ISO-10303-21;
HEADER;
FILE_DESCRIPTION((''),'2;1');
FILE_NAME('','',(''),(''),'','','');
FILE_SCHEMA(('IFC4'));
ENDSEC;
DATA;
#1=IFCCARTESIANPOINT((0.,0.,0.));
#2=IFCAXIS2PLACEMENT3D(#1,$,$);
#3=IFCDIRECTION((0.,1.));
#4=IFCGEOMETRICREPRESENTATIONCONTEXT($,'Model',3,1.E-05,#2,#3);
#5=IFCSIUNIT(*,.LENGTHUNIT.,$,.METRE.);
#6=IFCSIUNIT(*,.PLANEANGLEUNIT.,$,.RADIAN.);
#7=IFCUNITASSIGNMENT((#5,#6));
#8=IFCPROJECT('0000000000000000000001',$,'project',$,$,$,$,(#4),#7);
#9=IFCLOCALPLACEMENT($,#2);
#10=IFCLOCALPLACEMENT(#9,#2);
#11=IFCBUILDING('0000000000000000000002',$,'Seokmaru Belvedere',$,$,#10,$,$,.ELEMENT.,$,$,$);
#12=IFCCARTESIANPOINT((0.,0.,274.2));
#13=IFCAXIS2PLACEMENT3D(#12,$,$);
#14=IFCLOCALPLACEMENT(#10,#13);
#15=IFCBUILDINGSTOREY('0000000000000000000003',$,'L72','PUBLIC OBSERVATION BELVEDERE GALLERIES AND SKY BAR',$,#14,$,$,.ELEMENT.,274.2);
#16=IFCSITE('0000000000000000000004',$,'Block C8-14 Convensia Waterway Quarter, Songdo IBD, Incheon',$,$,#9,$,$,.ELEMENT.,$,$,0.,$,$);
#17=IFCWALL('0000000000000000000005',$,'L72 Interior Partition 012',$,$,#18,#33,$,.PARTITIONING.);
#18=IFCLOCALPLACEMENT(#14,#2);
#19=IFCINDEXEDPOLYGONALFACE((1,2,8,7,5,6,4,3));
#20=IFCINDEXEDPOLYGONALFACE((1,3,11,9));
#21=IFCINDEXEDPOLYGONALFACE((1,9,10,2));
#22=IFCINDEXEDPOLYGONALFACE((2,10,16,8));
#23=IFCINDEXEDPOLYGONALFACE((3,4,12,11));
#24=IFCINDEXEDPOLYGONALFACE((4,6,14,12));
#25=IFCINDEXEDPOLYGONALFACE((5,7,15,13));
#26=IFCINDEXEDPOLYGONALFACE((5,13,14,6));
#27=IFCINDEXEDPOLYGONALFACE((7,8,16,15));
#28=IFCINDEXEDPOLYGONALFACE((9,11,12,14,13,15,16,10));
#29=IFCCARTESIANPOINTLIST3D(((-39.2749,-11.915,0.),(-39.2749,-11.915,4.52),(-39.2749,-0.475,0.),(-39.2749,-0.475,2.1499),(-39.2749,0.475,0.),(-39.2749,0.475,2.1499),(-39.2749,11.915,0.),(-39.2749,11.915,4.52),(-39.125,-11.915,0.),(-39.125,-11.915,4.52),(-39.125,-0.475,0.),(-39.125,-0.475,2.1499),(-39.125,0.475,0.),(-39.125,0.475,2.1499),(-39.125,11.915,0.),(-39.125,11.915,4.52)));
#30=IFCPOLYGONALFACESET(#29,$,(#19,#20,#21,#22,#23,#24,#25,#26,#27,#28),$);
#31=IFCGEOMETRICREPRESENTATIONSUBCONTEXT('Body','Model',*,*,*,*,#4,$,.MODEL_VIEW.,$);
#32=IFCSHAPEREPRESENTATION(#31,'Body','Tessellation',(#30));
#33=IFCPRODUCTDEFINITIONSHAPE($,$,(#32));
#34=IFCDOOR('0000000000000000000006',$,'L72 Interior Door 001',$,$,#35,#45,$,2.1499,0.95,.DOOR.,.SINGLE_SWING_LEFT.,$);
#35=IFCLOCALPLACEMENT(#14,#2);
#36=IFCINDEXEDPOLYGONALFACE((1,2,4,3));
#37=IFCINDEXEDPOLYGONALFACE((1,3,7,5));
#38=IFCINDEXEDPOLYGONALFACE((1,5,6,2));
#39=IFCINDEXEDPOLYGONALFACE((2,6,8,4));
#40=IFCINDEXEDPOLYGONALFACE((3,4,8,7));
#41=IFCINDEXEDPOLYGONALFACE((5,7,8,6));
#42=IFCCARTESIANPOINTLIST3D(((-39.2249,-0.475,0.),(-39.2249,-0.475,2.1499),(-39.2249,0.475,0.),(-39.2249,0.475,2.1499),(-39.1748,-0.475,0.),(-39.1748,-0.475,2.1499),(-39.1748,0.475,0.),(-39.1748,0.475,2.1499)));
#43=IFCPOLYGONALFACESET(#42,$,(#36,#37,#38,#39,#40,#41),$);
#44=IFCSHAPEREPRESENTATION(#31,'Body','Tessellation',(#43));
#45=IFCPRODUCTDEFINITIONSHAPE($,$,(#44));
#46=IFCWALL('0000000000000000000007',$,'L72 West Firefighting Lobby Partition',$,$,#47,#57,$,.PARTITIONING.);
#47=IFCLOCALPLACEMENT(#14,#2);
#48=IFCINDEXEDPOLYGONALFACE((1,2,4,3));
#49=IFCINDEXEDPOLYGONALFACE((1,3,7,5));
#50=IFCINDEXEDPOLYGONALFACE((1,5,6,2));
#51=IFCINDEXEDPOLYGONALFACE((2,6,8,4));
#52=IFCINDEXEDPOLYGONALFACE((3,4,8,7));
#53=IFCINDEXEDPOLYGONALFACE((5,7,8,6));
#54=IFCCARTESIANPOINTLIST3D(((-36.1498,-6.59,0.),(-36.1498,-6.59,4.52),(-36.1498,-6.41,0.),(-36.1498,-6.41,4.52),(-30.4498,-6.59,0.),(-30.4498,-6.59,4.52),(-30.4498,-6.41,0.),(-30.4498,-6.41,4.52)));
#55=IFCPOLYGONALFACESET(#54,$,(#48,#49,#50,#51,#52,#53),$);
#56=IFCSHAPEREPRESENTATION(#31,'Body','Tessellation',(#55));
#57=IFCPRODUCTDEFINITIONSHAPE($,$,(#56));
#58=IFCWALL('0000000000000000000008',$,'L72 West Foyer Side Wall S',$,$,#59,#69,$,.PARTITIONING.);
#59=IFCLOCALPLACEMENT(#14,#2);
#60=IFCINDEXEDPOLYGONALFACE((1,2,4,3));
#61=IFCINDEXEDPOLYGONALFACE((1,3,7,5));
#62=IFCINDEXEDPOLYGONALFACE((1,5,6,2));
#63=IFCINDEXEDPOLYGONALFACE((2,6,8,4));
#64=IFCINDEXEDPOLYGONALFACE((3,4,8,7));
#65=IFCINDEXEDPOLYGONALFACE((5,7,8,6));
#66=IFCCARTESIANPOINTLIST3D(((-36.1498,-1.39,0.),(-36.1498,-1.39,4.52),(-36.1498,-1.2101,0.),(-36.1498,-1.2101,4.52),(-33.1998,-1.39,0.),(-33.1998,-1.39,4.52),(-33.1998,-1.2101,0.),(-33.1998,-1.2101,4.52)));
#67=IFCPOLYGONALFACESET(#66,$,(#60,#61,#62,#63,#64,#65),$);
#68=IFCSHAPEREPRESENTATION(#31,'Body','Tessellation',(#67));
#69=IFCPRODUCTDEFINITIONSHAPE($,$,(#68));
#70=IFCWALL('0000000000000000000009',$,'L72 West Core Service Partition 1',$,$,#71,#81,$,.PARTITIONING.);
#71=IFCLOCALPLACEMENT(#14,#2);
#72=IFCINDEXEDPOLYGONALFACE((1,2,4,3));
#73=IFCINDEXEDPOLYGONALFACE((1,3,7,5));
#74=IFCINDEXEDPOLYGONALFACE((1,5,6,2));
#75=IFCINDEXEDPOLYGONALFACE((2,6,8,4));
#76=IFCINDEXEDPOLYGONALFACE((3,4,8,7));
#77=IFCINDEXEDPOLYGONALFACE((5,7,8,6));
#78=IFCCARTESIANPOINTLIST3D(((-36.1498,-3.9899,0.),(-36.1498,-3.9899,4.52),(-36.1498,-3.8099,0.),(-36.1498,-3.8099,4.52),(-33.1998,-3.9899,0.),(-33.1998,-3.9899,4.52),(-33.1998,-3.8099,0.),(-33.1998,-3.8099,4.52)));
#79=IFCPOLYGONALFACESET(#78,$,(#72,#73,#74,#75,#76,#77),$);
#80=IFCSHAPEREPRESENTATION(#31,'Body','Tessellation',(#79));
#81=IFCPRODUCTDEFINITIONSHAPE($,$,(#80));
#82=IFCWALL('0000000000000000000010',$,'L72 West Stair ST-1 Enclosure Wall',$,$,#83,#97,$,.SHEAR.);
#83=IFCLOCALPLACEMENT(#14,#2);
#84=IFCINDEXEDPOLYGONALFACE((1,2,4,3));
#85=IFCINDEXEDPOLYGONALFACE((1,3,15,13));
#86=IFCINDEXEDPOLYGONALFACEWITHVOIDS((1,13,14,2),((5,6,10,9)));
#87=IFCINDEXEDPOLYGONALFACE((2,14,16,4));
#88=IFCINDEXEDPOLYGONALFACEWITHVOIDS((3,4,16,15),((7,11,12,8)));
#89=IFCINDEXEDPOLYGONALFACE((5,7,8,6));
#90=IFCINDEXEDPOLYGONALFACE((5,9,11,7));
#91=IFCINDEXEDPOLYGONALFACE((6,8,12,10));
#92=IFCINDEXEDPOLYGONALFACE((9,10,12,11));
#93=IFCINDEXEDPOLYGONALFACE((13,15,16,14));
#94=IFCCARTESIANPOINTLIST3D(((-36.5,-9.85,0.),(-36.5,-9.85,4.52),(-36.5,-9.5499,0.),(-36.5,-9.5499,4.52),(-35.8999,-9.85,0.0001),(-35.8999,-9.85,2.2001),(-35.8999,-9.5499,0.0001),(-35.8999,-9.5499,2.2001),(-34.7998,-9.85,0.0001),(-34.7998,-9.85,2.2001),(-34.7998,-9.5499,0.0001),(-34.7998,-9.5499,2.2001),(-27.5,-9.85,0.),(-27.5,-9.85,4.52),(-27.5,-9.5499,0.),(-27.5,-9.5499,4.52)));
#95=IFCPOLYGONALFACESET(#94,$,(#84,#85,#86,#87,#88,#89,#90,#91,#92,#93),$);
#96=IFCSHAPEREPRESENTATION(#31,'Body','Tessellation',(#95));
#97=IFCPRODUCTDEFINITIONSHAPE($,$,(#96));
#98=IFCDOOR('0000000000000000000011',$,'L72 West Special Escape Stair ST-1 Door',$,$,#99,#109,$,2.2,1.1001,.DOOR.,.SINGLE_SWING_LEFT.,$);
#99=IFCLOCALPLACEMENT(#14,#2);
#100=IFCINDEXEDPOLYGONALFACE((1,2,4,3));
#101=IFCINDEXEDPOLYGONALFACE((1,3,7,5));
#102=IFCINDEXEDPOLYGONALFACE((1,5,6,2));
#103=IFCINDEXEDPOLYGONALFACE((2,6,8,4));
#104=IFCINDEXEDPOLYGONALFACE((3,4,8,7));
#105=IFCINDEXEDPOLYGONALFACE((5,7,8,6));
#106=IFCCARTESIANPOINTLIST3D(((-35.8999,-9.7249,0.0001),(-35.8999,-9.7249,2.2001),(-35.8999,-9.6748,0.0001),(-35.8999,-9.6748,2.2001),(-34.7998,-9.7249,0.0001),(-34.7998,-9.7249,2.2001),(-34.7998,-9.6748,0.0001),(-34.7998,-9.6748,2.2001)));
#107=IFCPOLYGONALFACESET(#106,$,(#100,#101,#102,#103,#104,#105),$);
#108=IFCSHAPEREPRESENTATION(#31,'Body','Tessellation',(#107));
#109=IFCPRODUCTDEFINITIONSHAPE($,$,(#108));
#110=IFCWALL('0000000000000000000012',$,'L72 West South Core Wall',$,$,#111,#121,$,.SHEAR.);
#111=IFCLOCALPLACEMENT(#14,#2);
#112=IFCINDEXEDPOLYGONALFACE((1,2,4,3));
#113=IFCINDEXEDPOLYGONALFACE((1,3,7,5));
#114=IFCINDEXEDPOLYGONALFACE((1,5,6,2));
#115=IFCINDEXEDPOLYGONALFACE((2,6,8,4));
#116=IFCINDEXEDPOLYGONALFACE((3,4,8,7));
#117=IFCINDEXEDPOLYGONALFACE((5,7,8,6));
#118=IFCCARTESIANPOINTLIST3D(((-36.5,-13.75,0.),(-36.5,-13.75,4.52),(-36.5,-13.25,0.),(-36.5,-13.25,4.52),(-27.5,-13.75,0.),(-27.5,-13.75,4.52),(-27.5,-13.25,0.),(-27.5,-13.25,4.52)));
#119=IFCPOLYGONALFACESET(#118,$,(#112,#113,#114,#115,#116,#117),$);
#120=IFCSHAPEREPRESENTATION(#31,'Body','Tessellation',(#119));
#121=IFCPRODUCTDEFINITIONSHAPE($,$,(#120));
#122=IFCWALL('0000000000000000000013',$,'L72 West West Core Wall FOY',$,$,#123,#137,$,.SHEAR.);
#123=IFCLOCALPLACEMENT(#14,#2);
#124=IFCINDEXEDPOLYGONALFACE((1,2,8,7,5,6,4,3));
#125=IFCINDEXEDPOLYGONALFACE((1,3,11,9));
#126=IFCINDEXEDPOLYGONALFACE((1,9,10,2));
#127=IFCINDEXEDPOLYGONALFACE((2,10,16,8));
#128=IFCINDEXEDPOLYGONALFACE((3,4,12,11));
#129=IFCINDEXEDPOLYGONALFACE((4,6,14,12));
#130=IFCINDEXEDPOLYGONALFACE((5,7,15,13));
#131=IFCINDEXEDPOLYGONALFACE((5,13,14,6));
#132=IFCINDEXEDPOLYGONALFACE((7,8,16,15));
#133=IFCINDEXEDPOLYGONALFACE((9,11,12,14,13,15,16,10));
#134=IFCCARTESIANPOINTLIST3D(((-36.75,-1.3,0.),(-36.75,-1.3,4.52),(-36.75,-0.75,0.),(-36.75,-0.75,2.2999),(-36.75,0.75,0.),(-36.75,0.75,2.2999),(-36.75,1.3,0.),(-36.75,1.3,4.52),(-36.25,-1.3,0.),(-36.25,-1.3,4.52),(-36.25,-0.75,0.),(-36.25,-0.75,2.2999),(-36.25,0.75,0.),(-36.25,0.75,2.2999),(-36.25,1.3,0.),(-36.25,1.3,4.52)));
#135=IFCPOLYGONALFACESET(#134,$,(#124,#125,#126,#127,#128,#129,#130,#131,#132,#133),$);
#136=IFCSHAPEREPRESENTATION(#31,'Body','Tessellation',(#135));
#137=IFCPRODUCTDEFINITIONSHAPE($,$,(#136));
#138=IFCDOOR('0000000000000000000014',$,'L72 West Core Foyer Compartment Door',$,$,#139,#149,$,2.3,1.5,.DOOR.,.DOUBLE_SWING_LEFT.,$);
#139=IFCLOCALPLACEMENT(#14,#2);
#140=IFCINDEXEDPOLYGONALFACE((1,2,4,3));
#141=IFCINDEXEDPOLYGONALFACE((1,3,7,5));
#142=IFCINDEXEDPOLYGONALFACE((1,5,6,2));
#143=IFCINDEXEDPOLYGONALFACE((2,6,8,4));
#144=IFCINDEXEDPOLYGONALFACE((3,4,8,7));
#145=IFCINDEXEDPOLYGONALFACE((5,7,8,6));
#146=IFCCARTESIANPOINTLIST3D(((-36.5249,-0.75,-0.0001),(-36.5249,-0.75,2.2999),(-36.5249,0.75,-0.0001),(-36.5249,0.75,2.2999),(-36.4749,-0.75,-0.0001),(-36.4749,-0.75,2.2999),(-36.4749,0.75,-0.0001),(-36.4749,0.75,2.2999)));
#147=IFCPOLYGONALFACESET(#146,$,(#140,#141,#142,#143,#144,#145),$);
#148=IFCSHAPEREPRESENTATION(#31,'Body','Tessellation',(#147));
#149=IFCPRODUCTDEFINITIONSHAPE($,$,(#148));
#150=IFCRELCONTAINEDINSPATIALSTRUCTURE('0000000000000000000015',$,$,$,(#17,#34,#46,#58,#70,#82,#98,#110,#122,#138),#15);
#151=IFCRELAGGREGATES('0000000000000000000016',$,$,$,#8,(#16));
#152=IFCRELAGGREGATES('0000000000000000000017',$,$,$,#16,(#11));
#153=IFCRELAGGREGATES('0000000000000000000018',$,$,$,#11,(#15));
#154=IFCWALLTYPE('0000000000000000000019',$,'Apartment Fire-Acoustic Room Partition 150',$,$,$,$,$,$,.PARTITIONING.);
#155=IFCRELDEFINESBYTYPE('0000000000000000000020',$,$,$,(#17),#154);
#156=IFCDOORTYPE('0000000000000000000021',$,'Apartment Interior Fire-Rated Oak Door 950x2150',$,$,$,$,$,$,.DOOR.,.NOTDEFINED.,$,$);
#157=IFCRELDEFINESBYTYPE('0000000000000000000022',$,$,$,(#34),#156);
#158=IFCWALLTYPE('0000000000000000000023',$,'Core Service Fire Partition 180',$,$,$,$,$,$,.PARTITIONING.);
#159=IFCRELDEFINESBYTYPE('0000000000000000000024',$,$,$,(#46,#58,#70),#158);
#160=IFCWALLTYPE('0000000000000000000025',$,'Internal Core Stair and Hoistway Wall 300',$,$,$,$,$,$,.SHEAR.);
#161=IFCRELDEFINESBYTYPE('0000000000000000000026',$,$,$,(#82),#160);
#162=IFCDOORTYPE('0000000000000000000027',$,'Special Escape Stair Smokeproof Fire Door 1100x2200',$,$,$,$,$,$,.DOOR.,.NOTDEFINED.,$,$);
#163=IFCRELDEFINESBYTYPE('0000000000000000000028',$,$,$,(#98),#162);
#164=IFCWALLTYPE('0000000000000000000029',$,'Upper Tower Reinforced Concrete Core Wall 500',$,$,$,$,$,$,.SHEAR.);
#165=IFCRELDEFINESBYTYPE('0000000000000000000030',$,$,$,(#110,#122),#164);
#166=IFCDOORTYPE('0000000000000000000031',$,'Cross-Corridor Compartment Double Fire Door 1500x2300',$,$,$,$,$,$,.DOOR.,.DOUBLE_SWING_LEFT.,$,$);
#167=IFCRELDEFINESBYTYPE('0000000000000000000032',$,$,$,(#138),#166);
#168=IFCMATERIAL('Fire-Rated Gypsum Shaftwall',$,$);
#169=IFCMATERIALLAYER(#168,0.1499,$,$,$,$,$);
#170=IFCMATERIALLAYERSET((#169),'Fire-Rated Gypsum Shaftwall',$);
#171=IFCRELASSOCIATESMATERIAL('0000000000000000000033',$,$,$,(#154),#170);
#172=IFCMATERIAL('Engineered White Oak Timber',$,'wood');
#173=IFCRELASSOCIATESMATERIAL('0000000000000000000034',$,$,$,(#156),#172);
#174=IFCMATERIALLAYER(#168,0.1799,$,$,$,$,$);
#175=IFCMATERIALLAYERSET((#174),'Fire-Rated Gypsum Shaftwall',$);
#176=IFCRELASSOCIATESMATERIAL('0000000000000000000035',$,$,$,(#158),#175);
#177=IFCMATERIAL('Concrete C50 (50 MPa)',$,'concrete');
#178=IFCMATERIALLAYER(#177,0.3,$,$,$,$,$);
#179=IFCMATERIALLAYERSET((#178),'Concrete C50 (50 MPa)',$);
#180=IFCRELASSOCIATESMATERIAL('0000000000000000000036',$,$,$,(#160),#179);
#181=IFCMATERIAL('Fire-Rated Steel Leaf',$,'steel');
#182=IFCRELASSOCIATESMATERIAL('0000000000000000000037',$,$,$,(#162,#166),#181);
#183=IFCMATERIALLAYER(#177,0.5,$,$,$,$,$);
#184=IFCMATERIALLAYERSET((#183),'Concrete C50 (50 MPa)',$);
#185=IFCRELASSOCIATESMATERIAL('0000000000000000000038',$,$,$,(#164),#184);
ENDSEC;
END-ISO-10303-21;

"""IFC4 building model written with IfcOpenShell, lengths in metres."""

from ifc_helpers import new_model, si_unit, direction, frame, frame_2d, origin, place, context, subcontext, project, spatial, rectangle, extrude, source, transform, mapped, material, layer, layer_set, type_object, type_shapes, element, fill, save


model = new_model("IFC4")

# Units and contexts
model_context = context("Model", 3, precision=1e-05, world=origin(), true_north=direction((0.0, 1.0)))
body_context = subcontext(model_context, "Body", "Model", "MODEL_VIEW")
ifc_project = project(units=[si_unit("LENGTHUNIT", "METRE"), si_unit("PLANEANGLEUNIT", "RADIAN")], contexts=[model_context])

# Site, building, storey
site_placement = place(None, origin())
site = spatial("IfcSite", under=ifc_project, at=site_placement, Name="Block C8-14 Convensia Waterway Quarter, Songdo IBD, Incheon", CompositionType="ELEMENT", RefElevation=0.0)
building_placement = place(site_placement, origin())
building = spatial("IfcBuilding", under=site, at=building_placement, Name="Seokmaru Belvedere", CompositionType="ELEMENT")
storey_placement = place(building_placement, frame((0.0, 0.0, 274.2)))
storey = spatial("IfcBuildingStorey", under=building, at=storey_placement, Name="L72", Description="PUBLIC OBSERVATION BELVEDERE GALLERIES AND SKY BAR", CompositionType="ELEMENT", Elevation=274.2)

# Shared definitions
ifc_material_1 = material(Name="Fire-Rated Gypsum Shaftwall")
ifc_layer_1 = layer(ifc_material_1, 0.1499)
ifc_layer_set_1 = layer_set([ifc_layer_1], Name="Fire-Rated Gypsum Shaftwall")
wall_type_1 = type_object("IfcWallType", Name="Apartment Fire-Acoustic Room Partition 150", PredefinedType="PARTITIONING", material=ifc_layer_set_1)

# Wall, opening, door
wall_1_placement = place(storey_placement, frame((-39.2, -11.915, 0.0), z_axis=(0.0, 0.0, 1.0), x_axis=(0.0, 1.0, 0.0)))
wall_1 = element("IfcWall", 1, at=wall_1_placement, inside=storey, type_object=wall_type_1, Name="L72 Interior Partition 012", PredefinedType="PARTITIONING", context=body_context, shape_type="SweptSolid", body=[
    extrude(rectangle(XDim=23.8301, YDim=0.1499, at=frame_2d((11.915, 0.0))), origin(), (0.0, 0.0, 1.0), 4.52),
])
opening_1_placement = place(wall_1_placement, frame((11.4399, 0.0, 0.0)))
opening_1 = element("IfcOpeningElement", 2, at=opening_1_placement, cuts=wall_1, PredefinedType="OPENING", context=body_context, shape_type="SweptSolid", body=[
    extrude(rectangle(XDim=0.95, YDim=2.1499, at=frame_2d((0.4751, 1.075))), frame((0.0, 0.085, 0.0), z_axis=(0.0, -1.0, 0.0), x_axis=(1.0, 0.0, 0.0)), (0.0, 0.0, 1.0), 0.1699),
])
ifc_material_2 = material(Name="Engineered White Oak Timber", Category="wood")
door_type_1 = type_object("IfcDoorType", Name="Apartment Interior Fire-Rated Oak Door 950x2150", OperationType="NOTDEFINED", PredefinedType="DOOR", material=ifc_material_2)
shared_shape_1 = source(origin(), body_context, "Body", "SweptSolid", [
    extrude(rectangle(XDim=0.95, YDim=2.1499, at=frame_2d((0.4751, 1.075))), frame((0.0, 0.0249, 0.0), z_axis=(0.0, -1.0, 0.0), x_axis=(1.0, 0.0, 0.0)), (0.0, 0.0, 1.0), 0.05),
])
type_shapes(door_type_1, [shared_shape_1])
door_1_placement = place(opening_1_placement, origin())
door_1 = element("IfcDoor", 3, at=door_1_placement, inside=storey, type_object=door_type_1, Name="L72 Interior Door 001", OperationType="SINGLE_SWING_LEFT", OverallHeight=2.1499, OverallWidth=0.95, PredefinedType="DOOR", context=body_context, shape_type="MappedRepresentation", body=[
    mapped(shared_shape_1, transform((0.0, 0.0, 0.0), scale=1.0)),
])
fill(opening_1, door_1)

# Walls
ifc_layer_2 = layer(ifc_material_1, 0.1799)
ifc_layer_set_2 = layer_set([ifc_layer_2], Name="Fire-Rated Gypsum Shaftwall")
wall_type_2 = type_object("IfcWallType", Name="Core Service Fire Partition 180", PredefinedType="PARTITIONING", material=ifc_layer_set_2)
wall_2_placement = place(storey_placement, frame((-36.1499, -6.5, 0.0), z_axis=(0.0, 0.0, 1.0), x_axis=(1.0, 0.0, 0.0)))
element("IfcWall", 4, at=wall_2_placement, inside=storey, type_object=wall_type_2, Name="L72 West Firefighting Lobby Partition", PredefinedType="PARTITIONING", context=body_context, shape_type="SweptSolid", body=[
    extrude(rectangle(XDim=5.7, YDim=0.1799, at=frame_2d((2.8501, 0.0))), origin(), (0.0, 0.0, 1.0), 4.52),
])
for number, where, z_axis, x_axis, name in (
    (5, (-36.1499, -1.3, 0.0), (0.0, 0.0, 1.0), (1.0, 0.0, 0.0), "L72 West Foyer Side Wall S"),
    (6, (-36.1499, -3.8999, 0.0), (0.0, 0.0, 1.0), (1.0, 0.0, 0.0), "L72 West Core Service Partition 1"),
):
    element("IfcWall", number, at=place(storey_placement, frame(where, z_axis=z_axis, x_axis=x_axis)), inside=storey, type_object=wall_type_2, Name=name, PredefinedType="PARTITIONING", context=body_context, shape_type="SweptSolid", body=[
        extrude(rectangle(XDim=2.95, YDim=0.1799, at=frame_2d((1.4751, 0.0))), origin(), (0.0, 0.0, 1.0), 4.52),
    ])

# Wall, opening, door
ifc_material_3 = material(Name="Concrete C50 (50 MPa)", Category="concrete")
ifc_layer_3 = layer(ifc_material_3, 0.3)
ifc_layer_set_3 = layer_set([ifc_layer_3], Name="Concrete C50 (50 MPa)")
wall_type_3 = type_object("IfcWallType", Name="Internal Core Stair and Hoistway Wall 300", PredefinedType="SHEAR", material=ifc_layer_set_3)
wall_3_placement = place(storey_placement, frame((-36.5, -9.7, 0.0), z_axis=(0.0, 0.0, 1.0), x_axis=(1.0, 0.0, 0.0)))
wall_3 = element("IfcWall", 7, at=wall_3_placement, inside=storey, type_object=wall_type_3, Name="L72 West Stair ST-1 Enclosure Wall", PredefinedType="SHEAR", context=body_context, shape_type="SweptSolid", body=[
    extrude(rectangle(XDim=9.0, YDim=0.3, at=frame_2d((4.5, 0.0))), origin(), (0.0, 0.0, 1.0), 4.52),
])
opening_2_placement = place(wall_3_placement, frame((0.6001, 0.0, 0.0)))
opening_2 = element("IfcOpeningElement", 8, at=opening_2_placement, cuts=wall_3, PredefinedType="OPENING", context=body_context, shape_type="SweptSolid", body=[
    extrude(rectangle(XDim=1.1001, YDim=2.2, at=frame_2d((0.55, 1.1001))), frame((0.0, 0.1602, 0.0), z_axis=(0.0, -1.0, 0.0), x_axis=(1.0, 0.0, 0.0)), (0.0, 0.0, 1.0), 0.3201),
])
ifc_material_4 = material(Name="Fire-Rated Steel Leaf", Category="steel")
door_type_2 = type_object("IfcDoorType", Name="Special Escape Stair Smokeproof Fire Door 1100x2200", OperationType="NOTDEFINED", PredefinedType="DOOR", material=ifc_material_4)
shared_shape_2 = source(origin(), body_context, "Body", "SweptSolid", [
    extrude(rectangle(XDim=1.1001, YDim=2.2, at=frame_2d((0.55, 1.1001))), frame((0.0, 0.0249, 0.0), z_axis=(0.0, -1.0, 0.0), x_axis=(1.0, 0.0, 0.0)), (0.0, 0.0, 1.0), 0.05),
])
type_shapes(door_type_2, [shared_shape_2])
door_2_placement = place(opening_2_placement, frame((1.1001, 0.0, 0.0), z_axis=(0.0, 0.0, 1.0), x_axis=(-1.0, 0.0, 0.0)))
door_2 = element("IfcDoor", 9, at=door_2_placement, inside=storey, type_object=door_type_2, Name="L72 West Special Escape Stair ST-1 Door", OperationType="SINGLE_SWING_LEFT", OverallHeight=2.2, OverallWidth=1.1001, PredefinedType="DOOR", context=body_context, shape_type="MappedRepresentation", body=[
    mapped(shared_shape_2, transform((0.0, 0.0, 0.0), scale=1.0)),
])
fill(opening_2, door_2)

# Wall
ifc_layer_4 = layer(ifc_material_3, 0.5)
ifc_layer_set_4 = layer_set([ifc_layer_4], Name="Concrete C50 (50 MPa)")
wall_type_4 = type_object("IfcWallType", Name="Upper Tower Reinforced Concrete Core Wall 500", PredefinedType="SHEAR", material=ifc_layer_set_4)
wall_4_placement = place(storey_placement, frame((-36.5, -13.5, 0.0), z_axis=(0.0, 0.0, 1.0), x_axis=(1.0, 0.0, 0.0)))
element("IfcWall", 10, at=wall_4_placement, inside=storey, type_object=wall_type_4, Name="L72 West South Core Wall", PredefinedType="SHEAR", context=body_context, shape_type="SweptSolid", body=[
    extrude(rectangle(XDim=9.0, YDim=0.5, at=frame_2d((4.5, 0.0))), origin(), (0.0, 0.0, 1.0), 4.52),
])

# Wall, opening, door
wall_5_placement = place(storey_placement, frame((-36.5, -1.3, 0.0), z_axis=(0.0, 0.0, 1.0), x_axis=(0.0, 1.0, 0.0)))
wall_5 = element("IfcWall", 11, at=wall_5_placement, inside=storey, type_object=wall_type_4, Name="L72 West West Core Wall FOY", PredefinedType="SHEAR", context=body_context, shape_type="SweptSolid", body=[
    extrude(rectangle(XDim=2.6001, YDim=0.5, at=frame_2d((1.3, 0.0))), origin(), (0.0, 0.0, 1.0), 4.52),
])
opening_3_placement = place(wall_5_placement, frame((0.55, 0.0, 0.0)))
opening_3 = element("IfcOpeningElement", 12, at=opening_3_placement, cuts=wall_5, PredefinedType="OPENING", context=body_context, shape_type="SweptSolid", body=[
    extrude(rectangle(XDim=1.5, YDim=2.3, at=frame_2d((0.75, 1.1499))), frame((0.0, 0.26, 0.0), z_axis=(0.0, -1.0, 0.0), x_axis=(1.0, 0.0, 0.0)), (0.0, 0.0, 1.0), 0.52),
])
door_type_3 = type_object("IfcDoorType", Name="Cross-Corridor Compartment Double Fire Door 1500x2300", OperationType="DOUBLE_SWING_LEFT", PredefinedType="DOOR", material=ifc_material_4)
shared_shape_3 = source(origin(), body_context, "Body", "SweptSolid", [
    extrude(rectangle(XDim=1.5, YDim=2.3, at=frame_2d((0.75, 1.1499))), frame((0.0, 0.0249, 0.0), z_axis=(0.0, -1.0, 0.0), x_axis=(1.0, 0.0, 0.0)), (0.0, 0.0, 1.0), 0.05),
])
type_shapes(door_type_3, [shared_shape_3])
door_3_placement = place(opening_3_placement, origin())
door_3 = element("IfcDoor", 13, at=door_3_placement, inside=storey, type_object=door_type_3, Name="L72 West Core Foyer Compartment Door", OperationType="DOUBLE_SWING_LEFT", OverallHeight=2.3, OverallWidth=1.5, PredefinedType="DOOR", context=body_context, shape_type="MappedRepresentation", body=[
    mapped(shared_shape_3, transform((0.0, 0.0, 0.0), scale=1.0)),
])
fill(opening_3, door_3)

save(model, "model.ifc")
